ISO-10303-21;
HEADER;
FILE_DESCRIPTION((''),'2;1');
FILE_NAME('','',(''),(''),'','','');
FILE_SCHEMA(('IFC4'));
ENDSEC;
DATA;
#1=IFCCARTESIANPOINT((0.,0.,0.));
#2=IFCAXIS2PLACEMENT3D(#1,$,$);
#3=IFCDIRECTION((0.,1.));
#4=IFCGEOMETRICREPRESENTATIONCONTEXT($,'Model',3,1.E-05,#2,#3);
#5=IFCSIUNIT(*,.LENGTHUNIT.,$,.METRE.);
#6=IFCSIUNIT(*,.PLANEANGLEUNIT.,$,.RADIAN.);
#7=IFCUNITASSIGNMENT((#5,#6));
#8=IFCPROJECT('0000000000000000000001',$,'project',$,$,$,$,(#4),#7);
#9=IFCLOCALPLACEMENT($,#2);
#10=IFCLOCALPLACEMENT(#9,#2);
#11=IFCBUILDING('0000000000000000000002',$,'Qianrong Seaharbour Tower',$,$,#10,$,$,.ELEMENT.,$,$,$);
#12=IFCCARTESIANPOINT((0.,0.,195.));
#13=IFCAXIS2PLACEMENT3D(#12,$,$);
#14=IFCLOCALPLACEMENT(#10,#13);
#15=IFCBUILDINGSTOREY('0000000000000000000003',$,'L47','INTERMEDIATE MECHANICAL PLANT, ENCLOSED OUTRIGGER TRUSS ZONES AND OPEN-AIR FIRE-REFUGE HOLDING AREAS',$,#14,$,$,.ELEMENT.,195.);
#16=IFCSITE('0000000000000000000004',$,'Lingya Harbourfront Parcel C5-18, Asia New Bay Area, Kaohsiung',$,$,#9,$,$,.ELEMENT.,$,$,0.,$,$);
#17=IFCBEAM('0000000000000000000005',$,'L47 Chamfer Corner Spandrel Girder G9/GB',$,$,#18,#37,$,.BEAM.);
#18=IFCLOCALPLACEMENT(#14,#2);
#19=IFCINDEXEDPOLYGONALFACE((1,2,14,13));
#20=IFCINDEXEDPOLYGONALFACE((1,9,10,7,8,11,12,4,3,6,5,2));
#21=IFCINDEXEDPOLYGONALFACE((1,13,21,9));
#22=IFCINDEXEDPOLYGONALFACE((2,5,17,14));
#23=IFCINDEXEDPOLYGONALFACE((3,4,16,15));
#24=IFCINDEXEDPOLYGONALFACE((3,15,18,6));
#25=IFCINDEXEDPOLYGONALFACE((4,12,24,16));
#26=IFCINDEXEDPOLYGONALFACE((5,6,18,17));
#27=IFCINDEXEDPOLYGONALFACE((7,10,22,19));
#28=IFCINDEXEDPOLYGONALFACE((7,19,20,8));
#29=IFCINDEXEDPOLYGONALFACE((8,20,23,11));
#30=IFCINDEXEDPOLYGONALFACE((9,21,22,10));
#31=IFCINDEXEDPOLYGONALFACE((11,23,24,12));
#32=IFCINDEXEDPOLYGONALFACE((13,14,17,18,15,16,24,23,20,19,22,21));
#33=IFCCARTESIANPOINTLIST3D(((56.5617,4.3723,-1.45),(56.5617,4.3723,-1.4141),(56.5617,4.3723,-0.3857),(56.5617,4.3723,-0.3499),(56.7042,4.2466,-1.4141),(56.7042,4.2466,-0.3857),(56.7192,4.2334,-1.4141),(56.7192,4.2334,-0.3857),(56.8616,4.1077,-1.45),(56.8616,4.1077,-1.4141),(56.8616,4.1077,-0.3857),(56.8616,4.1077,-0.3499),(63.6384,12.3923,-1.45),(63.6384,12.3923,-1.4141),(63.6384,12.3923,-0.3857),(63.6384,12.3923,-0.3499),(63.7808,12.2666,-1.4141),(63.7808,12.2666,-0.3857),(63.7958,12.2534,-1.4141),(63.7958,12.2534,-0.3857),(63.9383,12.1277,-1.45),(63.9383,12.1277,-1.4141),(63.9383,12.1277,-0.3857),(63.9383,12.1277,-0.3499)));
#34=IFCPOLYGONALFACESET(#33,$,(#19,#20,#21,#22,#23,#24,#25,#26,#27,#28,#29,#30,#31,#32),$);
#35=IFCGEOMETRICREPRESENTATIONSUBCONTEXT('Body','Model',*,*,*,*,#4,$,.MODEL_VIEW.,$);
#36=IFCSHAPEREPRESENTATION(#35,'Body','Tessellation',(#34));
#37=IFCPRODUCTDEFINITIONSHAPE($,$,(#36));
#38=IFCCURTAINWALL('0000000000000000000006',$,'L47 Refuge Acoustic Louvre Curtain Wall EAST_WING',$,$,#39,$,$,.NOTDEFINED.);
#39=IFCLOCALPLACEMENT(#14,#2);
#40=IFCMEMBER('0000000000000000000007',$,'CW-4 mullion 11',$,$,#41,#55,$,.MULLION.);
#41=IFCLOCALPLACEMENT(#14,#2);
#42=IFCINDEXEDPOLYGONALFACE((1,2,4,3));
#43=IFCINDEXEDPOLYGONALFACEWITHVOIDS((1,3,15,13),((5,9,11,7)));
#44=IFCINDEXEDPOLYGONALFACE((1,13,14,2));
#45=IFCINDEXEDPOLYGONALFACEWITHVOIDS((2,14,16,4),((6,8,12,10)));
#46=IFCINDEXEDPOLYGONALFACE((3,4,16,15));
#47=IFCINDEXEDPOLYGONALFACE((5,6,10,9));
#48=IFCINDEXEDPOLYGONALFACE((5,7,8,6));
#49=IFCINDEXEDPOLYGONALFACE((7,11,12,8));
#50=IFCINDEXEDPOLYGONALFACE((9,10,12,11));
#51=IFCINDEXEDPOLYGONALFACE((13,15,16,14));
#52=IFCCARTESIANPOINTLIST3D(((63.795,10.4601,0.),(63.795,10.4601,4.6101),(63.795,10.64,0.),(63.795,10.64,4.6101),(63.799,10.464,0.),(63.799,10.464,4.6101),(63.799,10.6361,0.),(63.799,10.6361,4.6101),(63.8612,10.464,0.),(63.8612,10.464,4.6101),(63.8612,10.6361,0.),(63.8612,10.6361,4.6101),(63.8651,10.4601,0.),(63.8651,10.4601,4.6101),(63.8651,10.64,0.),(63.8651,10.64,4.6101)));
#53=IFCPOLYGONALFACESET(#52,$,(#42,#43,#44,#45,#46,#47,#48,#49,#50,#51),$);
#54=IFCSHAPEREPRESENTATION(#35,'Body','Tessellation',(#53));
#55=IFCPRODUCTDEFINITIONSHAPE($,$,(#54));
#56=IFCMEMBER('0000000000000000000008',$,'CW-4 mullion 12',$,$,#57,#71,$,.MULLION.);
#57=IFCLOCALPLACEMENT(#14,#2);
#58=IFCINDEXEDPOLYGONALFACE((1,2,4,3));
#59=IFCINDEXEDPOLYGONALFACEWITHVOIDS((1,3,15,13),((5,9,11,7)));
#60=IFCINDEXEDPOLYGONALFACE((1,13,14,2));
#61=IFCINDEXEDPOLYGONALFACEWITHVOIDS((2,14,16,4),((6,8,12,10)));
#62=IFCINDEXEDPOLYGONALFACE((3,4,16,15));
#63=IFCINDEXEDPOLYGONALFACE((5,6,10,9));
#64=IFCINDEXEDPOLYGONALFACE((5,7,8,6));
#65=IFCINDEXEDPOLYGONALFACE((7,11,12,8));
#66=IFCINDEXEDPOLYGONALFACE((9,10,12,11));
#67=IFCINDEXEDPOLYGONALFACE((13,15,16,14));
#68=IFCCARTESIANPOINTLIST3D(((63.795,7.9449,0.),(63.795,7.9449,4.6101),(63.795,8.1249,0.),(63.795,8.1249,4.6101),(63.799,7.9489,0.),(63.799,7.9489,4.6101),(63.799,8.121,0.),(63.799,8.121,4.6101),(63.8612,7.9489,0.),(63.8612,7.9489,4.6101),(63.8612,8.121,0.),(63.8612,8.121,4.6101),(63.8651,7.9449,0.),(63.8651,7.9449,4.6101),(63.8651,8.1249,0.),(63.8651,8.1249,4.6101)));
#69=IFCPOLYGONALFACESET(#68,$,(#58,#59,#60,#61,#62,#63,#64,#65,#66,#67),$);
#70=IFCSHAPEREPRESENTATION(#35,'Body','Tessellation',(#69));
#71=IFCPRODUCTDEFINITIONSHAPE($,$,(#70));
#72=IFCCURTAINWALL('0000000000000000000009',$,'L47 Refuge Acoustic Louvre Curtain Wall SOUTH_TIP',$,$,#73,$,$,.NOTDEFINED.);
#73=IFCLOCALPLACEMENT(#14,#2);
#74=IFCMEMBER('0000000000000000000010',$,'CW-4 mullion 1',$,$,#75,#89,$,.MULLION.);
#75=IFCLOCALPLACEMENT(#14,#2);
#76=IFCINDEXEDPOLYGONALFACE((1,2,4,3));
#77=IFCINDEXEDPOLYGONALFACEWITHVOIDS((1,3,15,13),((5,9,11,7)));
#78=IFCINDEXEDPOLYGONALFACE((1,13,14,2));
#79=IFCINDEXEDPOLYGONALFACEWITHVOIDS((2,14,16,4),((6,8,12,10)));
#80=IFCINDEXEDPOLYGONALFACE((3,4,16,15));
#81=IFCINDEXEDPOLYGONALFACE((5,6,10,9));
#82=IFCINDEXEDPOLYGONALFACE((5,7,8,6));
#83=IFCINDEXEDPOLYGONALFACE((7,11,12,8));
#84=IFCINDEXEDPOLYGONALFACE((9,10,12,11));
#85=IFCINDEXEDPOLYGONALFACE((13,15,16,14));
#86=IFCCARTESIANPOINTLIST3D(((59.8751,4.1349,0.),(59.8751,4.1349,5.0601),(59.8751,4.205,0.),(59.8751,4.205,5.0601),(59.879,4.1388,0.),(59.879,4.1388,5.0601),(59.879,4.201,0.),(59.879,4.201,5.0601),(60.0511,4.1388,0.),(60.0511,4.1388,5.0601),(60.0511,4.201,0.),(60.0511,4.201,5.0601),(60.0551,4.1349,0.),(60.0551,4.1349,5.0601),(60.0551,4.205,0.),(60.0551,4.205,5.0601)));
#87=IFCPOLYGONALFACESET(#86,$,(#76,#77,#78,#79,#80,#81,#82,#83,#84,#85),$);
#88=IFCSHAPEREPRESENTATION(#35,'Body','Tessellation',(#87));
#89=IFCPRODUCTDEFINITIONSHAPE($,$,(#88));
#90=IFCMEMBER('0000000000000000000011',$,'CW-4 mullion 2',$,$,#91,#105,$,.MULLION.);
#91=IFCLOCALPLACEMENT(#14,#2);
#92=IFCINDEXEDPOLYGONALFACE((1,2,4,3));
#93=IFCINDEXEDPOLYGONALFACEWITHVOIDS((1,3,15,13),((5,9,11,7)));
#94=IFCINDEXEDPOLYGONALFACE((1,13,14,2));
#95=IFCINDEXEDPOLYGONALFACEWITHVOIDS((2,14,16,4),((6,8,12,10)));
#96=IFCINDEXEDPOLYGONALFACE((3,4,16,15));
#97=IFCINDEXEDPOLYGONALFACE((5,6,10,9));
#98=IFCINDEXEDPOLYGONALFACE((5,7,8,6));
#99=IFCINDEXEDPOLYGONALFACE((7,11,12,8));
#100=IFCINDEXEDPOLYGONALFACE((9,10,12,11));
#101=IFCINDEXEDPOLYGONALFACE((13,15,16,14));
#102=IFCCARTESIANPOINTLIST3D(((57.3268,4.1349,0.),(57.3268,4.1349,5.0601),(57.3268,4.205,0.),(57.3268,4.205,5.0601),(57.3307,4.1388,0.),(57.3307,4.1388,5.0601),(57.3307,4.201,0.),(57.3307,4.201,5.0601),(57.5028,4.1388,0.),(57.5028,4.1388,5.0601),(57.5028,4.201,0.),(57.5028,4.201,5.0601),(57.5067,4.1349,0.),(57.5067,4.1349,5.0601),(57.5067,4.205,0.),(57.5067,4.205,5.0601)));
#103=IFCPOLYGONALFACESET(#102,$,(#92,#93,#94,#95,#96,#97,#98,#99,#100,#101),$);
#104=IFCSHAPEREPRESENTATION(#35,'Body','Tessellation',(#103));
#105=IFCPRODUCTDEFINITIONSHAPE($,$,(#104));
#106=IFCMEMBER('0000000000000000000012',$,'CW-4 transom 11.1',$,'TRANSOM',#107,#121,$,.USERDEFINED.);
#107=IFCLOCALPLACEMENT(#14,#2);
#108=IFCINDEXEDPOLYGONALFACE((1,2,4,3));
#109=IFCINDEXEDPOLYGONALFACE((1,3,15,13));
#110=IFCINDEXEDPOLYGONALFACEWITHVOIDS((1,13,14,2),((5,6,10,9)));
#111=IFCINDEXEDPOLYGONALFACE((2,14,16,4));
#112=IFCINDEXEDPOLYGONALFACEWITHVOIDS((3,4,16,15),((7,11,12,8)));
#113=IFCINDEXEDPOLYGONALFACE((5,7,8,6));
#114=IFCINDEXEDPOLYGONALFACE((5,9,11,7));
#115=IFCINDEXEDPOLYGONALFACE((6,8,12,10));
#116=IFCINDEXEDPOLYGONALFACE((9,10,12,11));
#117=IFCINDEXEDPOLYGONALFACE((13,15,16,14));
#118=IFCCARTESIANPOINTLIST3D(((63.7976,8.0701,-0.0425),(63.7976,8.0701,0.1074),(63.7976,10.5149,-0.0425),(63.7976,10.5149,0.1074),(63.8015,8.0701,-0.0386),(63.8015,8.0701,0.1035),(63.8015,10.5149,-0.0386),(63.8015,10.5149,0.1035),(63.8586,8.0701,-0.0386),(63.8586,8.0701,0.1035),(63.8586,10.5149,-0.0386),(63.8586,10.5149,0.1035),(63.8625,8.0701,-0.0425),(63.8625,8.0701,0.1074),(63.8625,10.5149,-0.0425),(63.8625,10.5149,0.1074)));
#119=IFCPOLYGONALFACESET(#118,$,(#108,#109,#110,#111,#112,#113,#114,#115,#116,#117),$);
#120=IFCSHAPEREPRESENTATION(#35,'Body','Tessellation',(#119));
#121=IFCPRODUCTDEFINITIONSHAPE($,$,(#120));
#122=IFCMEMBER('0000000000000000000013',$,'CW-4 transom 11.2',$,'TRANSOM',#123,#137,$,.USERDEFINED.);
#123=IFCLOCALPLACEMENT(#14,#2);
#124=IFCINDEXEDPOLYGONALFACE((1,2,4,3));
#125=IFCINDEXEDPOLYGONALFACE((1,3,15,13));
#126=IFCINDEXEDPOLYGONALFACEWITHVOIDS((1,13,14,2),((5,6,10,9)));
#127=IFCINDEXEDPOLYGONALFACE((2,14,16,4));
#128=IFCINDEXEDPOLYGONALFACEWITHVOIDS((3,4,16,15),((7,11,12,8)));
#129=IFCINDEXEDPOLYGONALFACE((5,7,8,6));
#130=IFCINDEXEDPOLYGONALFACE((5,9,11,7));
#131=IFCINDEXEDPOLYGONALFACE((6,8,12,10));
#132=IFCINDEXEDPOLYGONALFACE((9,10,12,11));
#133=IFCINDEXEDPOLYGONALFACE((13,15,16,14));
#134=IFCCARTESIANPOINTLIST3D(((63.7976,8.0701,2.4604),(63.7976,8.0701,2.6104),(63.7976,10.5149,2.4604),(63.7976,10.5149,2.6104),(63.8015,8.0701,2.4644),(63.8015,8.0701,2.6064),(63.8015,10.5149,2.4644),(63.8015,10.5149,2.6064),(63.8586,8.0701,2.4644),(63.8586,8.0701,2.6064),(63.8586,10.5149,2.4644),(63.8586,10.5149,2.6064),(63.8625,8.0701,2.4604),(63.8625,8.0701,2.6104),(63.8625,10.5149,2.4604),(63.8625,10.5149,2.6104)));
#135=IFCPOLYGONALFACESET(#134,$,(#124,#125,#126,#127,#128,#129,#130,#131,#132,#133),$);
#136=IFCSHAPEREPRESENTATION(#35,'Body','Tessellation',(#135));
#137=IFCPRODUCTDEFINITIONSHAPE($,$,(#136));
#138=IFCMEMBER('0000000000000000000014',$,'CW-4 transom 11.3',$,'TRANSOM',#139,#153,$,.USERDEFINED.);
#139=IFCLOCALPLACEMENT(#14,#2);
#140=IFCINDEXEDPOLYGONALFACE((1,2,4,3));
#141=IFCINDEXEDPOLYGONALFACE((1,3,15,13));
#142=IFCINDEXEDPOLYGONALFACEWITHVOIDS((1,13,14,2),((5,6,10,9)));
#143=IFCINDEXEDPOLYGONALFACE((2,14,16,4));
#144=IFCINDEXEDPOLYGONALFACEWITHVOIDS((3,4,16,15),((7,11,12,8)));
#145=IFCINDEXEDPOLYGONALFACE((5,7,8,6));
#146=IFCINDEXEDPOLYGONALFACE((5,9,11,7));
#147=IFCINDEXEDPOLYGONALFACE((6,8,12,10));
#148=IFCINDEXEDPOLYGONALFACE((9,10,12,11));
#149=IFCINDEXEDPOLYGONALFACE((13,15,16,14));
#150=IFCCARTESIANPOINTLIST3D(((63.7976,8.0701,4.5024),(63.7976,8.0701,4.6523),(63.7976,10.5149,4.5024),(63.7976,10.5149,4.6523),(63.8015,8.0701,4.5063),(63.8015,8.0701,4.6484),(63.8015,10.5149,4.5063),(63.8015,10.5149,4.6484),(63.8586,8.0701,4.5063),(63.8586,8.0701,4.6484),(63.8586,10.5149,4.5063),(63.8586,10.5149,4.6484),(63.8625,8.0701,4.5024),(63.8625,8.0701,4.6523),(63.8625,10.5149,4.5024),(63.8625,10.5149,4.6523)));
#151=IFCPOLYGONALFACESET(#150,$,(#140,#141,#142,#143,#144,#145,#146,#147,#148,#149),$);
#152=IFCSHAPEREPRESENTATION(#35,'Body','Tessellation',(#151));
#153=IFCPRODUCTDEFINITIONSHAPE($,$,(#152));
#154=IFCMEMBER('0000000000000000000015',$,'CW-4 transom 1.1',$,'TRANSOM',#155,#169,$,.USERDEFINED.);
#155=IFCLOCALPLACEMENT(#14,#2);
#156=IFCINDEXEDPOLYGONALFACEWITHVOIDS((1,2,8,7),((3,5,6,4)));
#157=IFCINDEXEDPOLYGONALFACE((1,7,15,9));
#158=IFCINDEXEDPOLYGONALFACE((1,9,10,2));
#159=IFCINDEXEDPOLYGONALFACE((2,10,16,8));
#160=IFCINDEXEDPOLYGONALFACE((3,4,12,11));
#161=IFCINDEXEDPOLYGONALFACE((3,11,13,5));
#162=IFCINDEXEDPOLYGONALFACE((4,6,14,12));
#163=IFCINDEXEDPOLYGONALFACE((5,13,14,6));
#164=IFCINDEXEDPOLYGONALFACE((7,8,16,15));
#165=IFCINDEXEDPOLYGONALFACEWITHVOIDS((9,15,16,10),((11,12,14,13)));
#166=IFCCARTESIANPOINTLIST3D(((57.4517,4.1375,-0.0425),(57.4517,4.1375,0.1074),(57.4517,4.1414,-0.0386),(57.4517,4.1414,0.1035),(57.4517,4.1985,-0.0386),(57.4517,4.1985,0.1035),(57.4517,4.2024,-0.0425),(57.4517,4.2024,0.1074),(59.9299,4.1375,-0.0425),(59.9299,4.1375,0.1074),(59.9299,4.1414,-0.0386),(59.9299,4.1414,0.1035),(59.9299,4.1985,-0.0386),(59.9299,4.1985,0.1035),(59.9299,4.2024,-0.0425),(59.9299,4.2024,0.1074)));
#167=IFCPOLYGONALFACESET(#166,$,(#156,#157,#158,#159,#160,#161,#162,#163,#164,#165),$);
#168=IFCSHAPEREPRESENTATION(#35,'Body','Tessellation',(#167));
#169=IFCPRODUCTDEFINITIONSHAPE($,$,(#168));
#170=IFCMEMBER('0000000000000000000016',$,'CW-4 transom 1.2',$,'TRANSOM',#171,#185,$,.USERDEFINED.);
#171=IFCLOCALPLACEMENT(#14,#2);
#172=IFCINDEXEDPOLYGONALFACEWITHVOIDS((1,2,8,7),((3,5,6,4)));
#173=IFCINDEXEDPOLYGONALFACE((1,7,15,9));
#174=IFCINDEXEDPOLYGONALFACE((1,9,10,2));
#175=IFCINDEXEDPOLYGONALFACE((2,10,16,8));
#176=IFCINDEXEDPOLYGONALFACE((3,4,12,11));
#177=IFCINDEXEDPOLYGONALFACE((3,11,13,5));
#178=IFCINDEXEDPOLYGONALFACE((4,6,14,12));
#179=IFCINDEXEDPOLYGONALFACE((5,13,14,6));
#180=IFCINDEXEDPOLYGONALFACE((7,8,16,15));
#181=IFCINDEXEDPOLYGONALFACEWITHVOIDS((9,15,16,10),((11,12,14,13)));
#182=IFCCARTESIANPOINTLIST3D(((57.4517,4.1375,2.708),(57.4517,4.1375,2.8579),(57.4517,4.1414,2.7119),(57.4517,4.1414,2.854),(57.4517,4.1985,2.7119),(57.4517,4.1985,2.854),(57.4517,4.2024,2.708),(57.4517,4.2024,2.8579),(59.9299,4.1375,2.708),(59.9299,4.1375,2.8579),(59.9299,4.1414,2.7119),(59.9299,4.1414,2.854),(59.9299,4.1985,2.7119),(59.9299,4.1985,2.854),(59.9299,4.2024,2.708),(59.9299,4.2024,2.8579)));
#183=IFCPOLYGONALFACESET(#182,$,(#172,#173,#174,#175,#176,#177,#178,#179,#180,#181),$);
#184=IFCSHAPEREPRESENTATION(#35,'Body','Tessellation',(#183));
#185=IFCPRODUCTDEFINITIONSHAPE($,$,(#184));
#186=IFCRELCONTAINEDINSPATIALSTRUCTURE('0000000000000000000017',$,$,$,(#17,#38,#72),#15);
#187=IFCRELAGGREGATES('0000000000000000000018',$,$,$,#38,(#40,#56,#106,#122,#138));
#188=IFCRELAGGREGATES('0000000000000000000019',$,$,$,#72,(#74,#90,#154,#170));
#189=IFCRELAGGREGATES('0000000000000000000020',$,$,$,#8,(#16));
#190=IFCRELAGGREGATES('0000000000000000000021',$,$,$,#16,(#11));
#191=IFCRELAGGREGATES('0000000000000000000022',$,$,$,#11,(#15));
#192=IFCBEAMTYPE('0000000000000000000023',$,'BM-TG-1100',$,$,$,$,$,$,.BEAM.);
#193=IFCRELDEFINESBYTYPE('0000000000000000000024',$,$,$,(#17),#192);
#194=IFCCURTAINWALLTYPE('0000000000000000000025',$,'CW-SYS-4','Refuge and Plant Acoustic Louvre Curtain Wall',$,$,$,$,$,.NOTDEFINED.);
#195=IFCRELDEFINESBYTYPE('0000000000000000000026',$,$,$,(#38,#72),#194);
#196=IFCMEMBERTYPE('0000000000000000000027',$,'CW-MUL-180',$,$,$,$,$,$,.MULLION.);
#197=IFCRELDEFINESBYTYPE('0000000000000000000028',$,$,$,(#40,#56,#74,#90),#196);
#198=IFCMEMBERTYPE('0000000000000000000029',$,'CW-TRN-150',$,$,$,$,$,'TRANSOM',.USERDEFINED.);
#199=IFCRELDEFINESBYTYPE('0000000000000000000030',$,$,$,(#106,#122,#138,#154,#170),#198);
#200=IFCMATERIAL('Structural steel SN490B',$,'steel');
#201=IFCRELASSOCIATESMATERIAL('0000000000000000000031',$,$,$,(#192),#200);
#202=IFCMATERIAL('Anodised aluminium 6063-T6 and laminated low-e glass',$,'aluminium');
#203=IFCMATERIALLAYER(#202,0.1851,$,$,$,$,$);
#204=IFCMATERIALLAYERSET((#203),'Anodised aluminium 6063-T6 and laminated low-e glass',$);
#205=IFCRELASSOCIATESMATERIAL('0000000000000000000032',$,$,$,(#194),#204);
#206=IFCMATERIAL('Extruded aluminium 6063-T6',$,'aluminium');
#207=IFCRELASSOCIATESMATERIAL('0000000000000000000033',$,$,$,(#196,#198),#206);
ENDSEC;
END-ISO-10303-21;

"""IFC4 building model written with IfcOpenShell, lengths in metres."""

from ifc_helpers import new_model, si_unit, direction, frame, origin, origin_2d, place, context, subcontext, project, spatial, hollow_rectangle, i_section, extrude, material, layer, layer_set, material_profile, profile_set, type_object, element, aggregate, save


model = new_model("IFC4")

# Units and contexts
model_context = context("Model", 3, precision=1e-05, world=origin(), true_north=direction((0.0, 1.0)))
body_context = subcontext(model_context, "Body", "Model", "MODEL_VIEW")
ifc_project = project(units=[si_unit("LENGTHUNIT", "METRE"), si_unit("PLANEANGLEUNIT", "RADIAN")], contexts=[model_context])

# Site, building, storey
site_placement = place(None, origin())
site = spatial("IfcSite", under=ifc_project, at=site_placement, Name="Lingya Harbourfront Parcel C5-18, Asia New Bay Area, Kaohsiung", CompositionType="ELEMENT", RefElevation=0.0)
building_placement = place(site_placement, origin())
building = spatial("IfcBuilding", under=site, at=building_placement, Name="Qianrong Seaharbour Tower", CompositionType="ELEMENT")
storey_placement = place(building_placement, frame((0.0, 0.0, 195.0)))
storey = spatial("IfcBuildingStorey", under=building, at=storey_placement, Name="L47", Description="INTERMEDIATE MECHANICAL PLANT, ENCLOSED OUTRIGGER TRUSS ZONES AND OPEN-AIR FIRE-REFUGE HOLDING AREAS", CompositionType="ELEMENT", Elevation=195.0)

# Shared definitions
ifc_material_1 = material(Name="Structural steel SN490B", Category="steel")

# Beam
ifc_material_profile_1 = material_profile(ifc_material_1, i_section(OverallWidth=0.3999, OverallDepth=1.1001, WebThickness=0.02, FlangeThickness=0.0359, at=origin_2d()), Name="BH1100x400x20x36")
ifc_profile_set_1 = profile_set([ifc_material_profile_1], Name="Structural steel SN490B")
beam_type_1 = type_object("IfcBeamType", Name="BM-TG-1100", PredefinedType="BEAM", material=ifc_profile_set_1)
beam_1_placement = place(storey_placement, frame((56.7117, 4.24, -0.8999), z_axis=(0.661631, 0.74983, 0.0), x_axis=(-0.74983, 0.661631, 0.0)))
element("IfcBeam", 1, at=beam_1_placement, inside=storey, type_object=beam_type_1, Name="L47 Chamfer Corner Spandrel Girder G9/GB", PredefinedType="BEAM", context=body_context, shape_type="SweptSolid", body=[
    extrude(i_section(OverallWidth=0.3999, OverallDepth=1.1001, WebThickness=0.02, FlangeThickness=0.0359, at=origin_2d()), origin(), (0.0, 0.0, 1.0), 10.6958),
])

# Curtain walls, members
ifc_material_2 = material(Name="Anodised aluminium 6063-T6 and laminated low-e glass", Category="aluminium")
ifc_layer_1 = layer(ifc_material_2, 0.1851)
ifc_layer_set_1 = layer_set([ifc_layer_1], Name="Anodised aluminium 6063-T6 and laminated low-e glass")
curtain_wall_type = type_object("IfcCurtainWallType", Name="CW-SYS-4", Description="Refuge and Plant Acoustic Louvre Curtain Wall", PredefinedType="NOTDEFINED", material=ifc_layer_set_1)
curtain_wall_1_placement = place(storey_placement, origin())
curtain_wall_1 = element("IfcCurtainWall", 2, at=curtain_wall_1_placement, inside=storey, type_object=curtain_wall_type, Name="L47 Refuge Acoustic Louvre Curtain Wall EAST_WING", PredefinedType="NOTDEFINED")
ifc_material_3 = material(Name="Extruded aluminium 6063-T6", Category="aluminium")
ifc_material_profile_2 = material_profile(ifc_material_3, hollow_rectangle(XDim=0.0701, YDim=0.1799, WallThickness=0.0039, at=origin_2d()), Name="ALU-MUL-180x70x4")
ifc_profile_set_2 = profile_set([ifc_material_profile_2], Name="Extruded aluminium 6063-T6")
member_type_1 = type_object("IfcMemberType", Name="CW-MUL-180", PredefinedType="MULLION", material=ifc_profile_set_2)
member_1_placement = place(storey_placement, frame((63.8301, 10.55, 0.0), z_axis=(0.0, 0.0, 1.0), x_axis=(1.0, 0.0, 0.0)))
member_1 = element("IfcMember", 3, at=member_1_placement, type_object=member_type_1, Name="CW-4 mullion 11", PredefinedType="MULLION", context=body_context, shape_type="SweptSolid", body=[
    extrude(hollow_rectangle(XDim=0.0701, YDim=0.1799, WallThickness=0.0039, at=origin_2d()), origin(), (0.0, 0.0, 1.0), 4.6101),
])
member_2_placement = place(storey_placement, frame((63.8301, 8.0349, 0.0), z_axis=(0.0, 0.0, 1.0), x_axis=(1.0, 0.0, 0.0)))
member_2 = element("IfcMember", 4, at=member_2_placement, type_object=member_type_1, Name="CW-4 mullion 12", PredefinedType="MULLION", context=body_context, shape_type="SweptSolid", body=[
    extrude(hollow_rectangle(XDim=0.0701, YDim=0.1799, WallThickness=0.0039, at=origin_2d()), origin(), (0.0, 0.0, 1.0), 4.6101),
])
curtain_wall_2_placement = place(storey_placement, origin())
curtain_wall_2 = element("IfcCurtainWall", 5, at=curtain_wall_2_placement, inside=storey, type_object=curtain_wall_type, Name="L47 Refuge Acoustic Louvre Curtain Wall SOUTH_TIP", PredefinedType="NOTDEFINED")
member_3_placement = place(storey_placement, frame((59.9651, 4.1699, 0.0), z_axis=(0.0, 0.0, 1.0), x_axis=(0.0, -1.0, 0.0)))
member_3 = element("IfcMember", 6, at=member_3_placement, type_object=member_type_1, Name="CW-4 mullion 1", PredefinedType="MULLION", context=body_context, shape_type="SweptSolid", body=[
    extrude(hollow_rectangle(XDim=0.0701, YDim=0.1799, WallThickness=0.0039, at=origin_2d()), origin(), (0.0, 0.0, 1.0), 5.0601),
])
member_4_placement = place(storey_placement, frame((57.4167, 4.1699, 0.0), z_axis=(0.0, 0.0, 1.0), x_axis=(0.0, -1.0, 0.0)))
member_4 = element("IfcMember", 7, at=member_4_placement, type_object=member_type_1, Name="CW-4 mullion 2", PredefinedType="MULLION", context=body_context, shape_type="SweptSolid", body=[
    extrude(hollow_rectangle(XDim=0.0701, YDim=0.1799, WallThickness=0.0039, at=origin_2d()), origin(), (0.0, 0.0, 1.0), 5.0601),
])

# Members
ifc_material_profile_3 = material_profile(ifc_material_3, hollow_rectangle(XDim=0.0649, YDim=0.1499, WallThickness=0.0039, at=origin_2d()), Name="ALU-TRN-150x65x4")
ifc_profile_set_3 = profile_set([ifc_material_profile_3], Name="Extruded aluminium 6063-T6")
member_type_2 = type_object("IfcMemberType", Name="CW-TRN-150", ElementType="TRANSOM", PredefinedType="USERDEFINED", material=ifc_profile_set_3)
member_5_placement = place(storey_placement, frame((63.8301, 10.5149, 0.0325), z_axis=(0.0, -1.0, 0.0), x_axis=(1.0, 0.0, 0.0)))
member_5 = element("IfcMember", 8, at=member_5_placement, type_object=member_type_2, Name="CW-4 transom 11.1", ObjectType="TRANSOM", PredefinedType="USERDEFINED", context=body_context, shape_type="SweptSolid", body=[
    extrude(hollow_rectangle(XDim=0.0649, YDim=0.1499, WallThickness=0.0039, at=origin_2d()), origin(), (0.0, 0.0, 1.0), 2.4448),
])
member_6_placement = place(storey_placement, frame((63.8301, 10.5149, 2.5354), z_axis=(0.0, -1.0, 0.0), x_axis=(1.0, 0.0, 0.0)))
member_6 = element("IfcMember", 9, at=member_6_placement, type_object=member_type_2, Name="CW-4 transom 11.2", ObjectType="TRANSOM", PredefinedType="USERDEFINED", context=body_context, shape_type="SweptSolid", body=[
    extrude(hollow_rectangle(XDim=0.0649, YDim=0.1499, WallThickness=0.0039, at=origin_2d()), origin(), (0.0, 0.0, 1.0), 2.4448),
])
member_7_placement = place(storey_placement, frame((63.8301, 10.5149, 4.5774), z_axis=(0.0, -1.0, 0.0), x_axis=(1.0, 0.0, 0.0)))
member_7 = element("IfcMember", 10, at=member_7_placement, type_object=member_type_2, Name="CW-4 transom 11.3", ObjectType="TRANSOM", PredefinedType="USERDEFINED", context=body_context, shape_type="SweptSolid", body=[
    extrude(hollow_rectangle(XDim=0.0649, YDim=0.1499, WallThickness=0.0039, at=origin_2d()), origin(), (0.0, 0.0, 1.0), 2.4448),
])
member_8_placement = place(storey_placement, frame((59.9299, 4.1699, 0.0325), z_axis=(-1.0, 0.0, 0.0), x_axis=(0.0, -1.0, 0.0)))
member_8 = element("IfcMember", 11, at=member_8_placement, type_object=member_type_2, Name="CW-4 transom 1.1", ObjectType="TRANSOM", PredefinedType="USERDEFINED", context=body_context, shape_type="SweptSolid", body=[
    extrude(hollow_rectangle(XDim=0.0649, YDim=0.1499, WallThickness=0.0039, at=origin_2d()), origin(), (0.0, 0.0, 1.0), 2.4783),
])
member_9_placement = place(storey_placement, frame((59.9299, 4.1699, 2.783), z_axis=(-1.0, 0.0, 0.0), x_axis=(0.0, -1.0, 0.0)))
member_9 = element("IfcMember", 12, at=member_9_placement, type_object=member_type_2, Name="CW-4 transom 1.2", ObjectType="TRANSOM", PredefinedType="USERDEFINED", context=body_context, shape_type="SweptSolid", body=[
    extrude(hollow_rectangle(XDim=0.0649, YDim=0.1499, WallThickness=0.0039, at=origin_2d()), origin(), (0.0, 0.0, 1.0), 2.4783),
])

aggregate(curtain_wall_1, [member_1, member_2, member_5, member_6, member_7])
aggregate(curtain_wall_2, [member_3, member_4, member_8, member_9])

save(model, "model.ifc")
